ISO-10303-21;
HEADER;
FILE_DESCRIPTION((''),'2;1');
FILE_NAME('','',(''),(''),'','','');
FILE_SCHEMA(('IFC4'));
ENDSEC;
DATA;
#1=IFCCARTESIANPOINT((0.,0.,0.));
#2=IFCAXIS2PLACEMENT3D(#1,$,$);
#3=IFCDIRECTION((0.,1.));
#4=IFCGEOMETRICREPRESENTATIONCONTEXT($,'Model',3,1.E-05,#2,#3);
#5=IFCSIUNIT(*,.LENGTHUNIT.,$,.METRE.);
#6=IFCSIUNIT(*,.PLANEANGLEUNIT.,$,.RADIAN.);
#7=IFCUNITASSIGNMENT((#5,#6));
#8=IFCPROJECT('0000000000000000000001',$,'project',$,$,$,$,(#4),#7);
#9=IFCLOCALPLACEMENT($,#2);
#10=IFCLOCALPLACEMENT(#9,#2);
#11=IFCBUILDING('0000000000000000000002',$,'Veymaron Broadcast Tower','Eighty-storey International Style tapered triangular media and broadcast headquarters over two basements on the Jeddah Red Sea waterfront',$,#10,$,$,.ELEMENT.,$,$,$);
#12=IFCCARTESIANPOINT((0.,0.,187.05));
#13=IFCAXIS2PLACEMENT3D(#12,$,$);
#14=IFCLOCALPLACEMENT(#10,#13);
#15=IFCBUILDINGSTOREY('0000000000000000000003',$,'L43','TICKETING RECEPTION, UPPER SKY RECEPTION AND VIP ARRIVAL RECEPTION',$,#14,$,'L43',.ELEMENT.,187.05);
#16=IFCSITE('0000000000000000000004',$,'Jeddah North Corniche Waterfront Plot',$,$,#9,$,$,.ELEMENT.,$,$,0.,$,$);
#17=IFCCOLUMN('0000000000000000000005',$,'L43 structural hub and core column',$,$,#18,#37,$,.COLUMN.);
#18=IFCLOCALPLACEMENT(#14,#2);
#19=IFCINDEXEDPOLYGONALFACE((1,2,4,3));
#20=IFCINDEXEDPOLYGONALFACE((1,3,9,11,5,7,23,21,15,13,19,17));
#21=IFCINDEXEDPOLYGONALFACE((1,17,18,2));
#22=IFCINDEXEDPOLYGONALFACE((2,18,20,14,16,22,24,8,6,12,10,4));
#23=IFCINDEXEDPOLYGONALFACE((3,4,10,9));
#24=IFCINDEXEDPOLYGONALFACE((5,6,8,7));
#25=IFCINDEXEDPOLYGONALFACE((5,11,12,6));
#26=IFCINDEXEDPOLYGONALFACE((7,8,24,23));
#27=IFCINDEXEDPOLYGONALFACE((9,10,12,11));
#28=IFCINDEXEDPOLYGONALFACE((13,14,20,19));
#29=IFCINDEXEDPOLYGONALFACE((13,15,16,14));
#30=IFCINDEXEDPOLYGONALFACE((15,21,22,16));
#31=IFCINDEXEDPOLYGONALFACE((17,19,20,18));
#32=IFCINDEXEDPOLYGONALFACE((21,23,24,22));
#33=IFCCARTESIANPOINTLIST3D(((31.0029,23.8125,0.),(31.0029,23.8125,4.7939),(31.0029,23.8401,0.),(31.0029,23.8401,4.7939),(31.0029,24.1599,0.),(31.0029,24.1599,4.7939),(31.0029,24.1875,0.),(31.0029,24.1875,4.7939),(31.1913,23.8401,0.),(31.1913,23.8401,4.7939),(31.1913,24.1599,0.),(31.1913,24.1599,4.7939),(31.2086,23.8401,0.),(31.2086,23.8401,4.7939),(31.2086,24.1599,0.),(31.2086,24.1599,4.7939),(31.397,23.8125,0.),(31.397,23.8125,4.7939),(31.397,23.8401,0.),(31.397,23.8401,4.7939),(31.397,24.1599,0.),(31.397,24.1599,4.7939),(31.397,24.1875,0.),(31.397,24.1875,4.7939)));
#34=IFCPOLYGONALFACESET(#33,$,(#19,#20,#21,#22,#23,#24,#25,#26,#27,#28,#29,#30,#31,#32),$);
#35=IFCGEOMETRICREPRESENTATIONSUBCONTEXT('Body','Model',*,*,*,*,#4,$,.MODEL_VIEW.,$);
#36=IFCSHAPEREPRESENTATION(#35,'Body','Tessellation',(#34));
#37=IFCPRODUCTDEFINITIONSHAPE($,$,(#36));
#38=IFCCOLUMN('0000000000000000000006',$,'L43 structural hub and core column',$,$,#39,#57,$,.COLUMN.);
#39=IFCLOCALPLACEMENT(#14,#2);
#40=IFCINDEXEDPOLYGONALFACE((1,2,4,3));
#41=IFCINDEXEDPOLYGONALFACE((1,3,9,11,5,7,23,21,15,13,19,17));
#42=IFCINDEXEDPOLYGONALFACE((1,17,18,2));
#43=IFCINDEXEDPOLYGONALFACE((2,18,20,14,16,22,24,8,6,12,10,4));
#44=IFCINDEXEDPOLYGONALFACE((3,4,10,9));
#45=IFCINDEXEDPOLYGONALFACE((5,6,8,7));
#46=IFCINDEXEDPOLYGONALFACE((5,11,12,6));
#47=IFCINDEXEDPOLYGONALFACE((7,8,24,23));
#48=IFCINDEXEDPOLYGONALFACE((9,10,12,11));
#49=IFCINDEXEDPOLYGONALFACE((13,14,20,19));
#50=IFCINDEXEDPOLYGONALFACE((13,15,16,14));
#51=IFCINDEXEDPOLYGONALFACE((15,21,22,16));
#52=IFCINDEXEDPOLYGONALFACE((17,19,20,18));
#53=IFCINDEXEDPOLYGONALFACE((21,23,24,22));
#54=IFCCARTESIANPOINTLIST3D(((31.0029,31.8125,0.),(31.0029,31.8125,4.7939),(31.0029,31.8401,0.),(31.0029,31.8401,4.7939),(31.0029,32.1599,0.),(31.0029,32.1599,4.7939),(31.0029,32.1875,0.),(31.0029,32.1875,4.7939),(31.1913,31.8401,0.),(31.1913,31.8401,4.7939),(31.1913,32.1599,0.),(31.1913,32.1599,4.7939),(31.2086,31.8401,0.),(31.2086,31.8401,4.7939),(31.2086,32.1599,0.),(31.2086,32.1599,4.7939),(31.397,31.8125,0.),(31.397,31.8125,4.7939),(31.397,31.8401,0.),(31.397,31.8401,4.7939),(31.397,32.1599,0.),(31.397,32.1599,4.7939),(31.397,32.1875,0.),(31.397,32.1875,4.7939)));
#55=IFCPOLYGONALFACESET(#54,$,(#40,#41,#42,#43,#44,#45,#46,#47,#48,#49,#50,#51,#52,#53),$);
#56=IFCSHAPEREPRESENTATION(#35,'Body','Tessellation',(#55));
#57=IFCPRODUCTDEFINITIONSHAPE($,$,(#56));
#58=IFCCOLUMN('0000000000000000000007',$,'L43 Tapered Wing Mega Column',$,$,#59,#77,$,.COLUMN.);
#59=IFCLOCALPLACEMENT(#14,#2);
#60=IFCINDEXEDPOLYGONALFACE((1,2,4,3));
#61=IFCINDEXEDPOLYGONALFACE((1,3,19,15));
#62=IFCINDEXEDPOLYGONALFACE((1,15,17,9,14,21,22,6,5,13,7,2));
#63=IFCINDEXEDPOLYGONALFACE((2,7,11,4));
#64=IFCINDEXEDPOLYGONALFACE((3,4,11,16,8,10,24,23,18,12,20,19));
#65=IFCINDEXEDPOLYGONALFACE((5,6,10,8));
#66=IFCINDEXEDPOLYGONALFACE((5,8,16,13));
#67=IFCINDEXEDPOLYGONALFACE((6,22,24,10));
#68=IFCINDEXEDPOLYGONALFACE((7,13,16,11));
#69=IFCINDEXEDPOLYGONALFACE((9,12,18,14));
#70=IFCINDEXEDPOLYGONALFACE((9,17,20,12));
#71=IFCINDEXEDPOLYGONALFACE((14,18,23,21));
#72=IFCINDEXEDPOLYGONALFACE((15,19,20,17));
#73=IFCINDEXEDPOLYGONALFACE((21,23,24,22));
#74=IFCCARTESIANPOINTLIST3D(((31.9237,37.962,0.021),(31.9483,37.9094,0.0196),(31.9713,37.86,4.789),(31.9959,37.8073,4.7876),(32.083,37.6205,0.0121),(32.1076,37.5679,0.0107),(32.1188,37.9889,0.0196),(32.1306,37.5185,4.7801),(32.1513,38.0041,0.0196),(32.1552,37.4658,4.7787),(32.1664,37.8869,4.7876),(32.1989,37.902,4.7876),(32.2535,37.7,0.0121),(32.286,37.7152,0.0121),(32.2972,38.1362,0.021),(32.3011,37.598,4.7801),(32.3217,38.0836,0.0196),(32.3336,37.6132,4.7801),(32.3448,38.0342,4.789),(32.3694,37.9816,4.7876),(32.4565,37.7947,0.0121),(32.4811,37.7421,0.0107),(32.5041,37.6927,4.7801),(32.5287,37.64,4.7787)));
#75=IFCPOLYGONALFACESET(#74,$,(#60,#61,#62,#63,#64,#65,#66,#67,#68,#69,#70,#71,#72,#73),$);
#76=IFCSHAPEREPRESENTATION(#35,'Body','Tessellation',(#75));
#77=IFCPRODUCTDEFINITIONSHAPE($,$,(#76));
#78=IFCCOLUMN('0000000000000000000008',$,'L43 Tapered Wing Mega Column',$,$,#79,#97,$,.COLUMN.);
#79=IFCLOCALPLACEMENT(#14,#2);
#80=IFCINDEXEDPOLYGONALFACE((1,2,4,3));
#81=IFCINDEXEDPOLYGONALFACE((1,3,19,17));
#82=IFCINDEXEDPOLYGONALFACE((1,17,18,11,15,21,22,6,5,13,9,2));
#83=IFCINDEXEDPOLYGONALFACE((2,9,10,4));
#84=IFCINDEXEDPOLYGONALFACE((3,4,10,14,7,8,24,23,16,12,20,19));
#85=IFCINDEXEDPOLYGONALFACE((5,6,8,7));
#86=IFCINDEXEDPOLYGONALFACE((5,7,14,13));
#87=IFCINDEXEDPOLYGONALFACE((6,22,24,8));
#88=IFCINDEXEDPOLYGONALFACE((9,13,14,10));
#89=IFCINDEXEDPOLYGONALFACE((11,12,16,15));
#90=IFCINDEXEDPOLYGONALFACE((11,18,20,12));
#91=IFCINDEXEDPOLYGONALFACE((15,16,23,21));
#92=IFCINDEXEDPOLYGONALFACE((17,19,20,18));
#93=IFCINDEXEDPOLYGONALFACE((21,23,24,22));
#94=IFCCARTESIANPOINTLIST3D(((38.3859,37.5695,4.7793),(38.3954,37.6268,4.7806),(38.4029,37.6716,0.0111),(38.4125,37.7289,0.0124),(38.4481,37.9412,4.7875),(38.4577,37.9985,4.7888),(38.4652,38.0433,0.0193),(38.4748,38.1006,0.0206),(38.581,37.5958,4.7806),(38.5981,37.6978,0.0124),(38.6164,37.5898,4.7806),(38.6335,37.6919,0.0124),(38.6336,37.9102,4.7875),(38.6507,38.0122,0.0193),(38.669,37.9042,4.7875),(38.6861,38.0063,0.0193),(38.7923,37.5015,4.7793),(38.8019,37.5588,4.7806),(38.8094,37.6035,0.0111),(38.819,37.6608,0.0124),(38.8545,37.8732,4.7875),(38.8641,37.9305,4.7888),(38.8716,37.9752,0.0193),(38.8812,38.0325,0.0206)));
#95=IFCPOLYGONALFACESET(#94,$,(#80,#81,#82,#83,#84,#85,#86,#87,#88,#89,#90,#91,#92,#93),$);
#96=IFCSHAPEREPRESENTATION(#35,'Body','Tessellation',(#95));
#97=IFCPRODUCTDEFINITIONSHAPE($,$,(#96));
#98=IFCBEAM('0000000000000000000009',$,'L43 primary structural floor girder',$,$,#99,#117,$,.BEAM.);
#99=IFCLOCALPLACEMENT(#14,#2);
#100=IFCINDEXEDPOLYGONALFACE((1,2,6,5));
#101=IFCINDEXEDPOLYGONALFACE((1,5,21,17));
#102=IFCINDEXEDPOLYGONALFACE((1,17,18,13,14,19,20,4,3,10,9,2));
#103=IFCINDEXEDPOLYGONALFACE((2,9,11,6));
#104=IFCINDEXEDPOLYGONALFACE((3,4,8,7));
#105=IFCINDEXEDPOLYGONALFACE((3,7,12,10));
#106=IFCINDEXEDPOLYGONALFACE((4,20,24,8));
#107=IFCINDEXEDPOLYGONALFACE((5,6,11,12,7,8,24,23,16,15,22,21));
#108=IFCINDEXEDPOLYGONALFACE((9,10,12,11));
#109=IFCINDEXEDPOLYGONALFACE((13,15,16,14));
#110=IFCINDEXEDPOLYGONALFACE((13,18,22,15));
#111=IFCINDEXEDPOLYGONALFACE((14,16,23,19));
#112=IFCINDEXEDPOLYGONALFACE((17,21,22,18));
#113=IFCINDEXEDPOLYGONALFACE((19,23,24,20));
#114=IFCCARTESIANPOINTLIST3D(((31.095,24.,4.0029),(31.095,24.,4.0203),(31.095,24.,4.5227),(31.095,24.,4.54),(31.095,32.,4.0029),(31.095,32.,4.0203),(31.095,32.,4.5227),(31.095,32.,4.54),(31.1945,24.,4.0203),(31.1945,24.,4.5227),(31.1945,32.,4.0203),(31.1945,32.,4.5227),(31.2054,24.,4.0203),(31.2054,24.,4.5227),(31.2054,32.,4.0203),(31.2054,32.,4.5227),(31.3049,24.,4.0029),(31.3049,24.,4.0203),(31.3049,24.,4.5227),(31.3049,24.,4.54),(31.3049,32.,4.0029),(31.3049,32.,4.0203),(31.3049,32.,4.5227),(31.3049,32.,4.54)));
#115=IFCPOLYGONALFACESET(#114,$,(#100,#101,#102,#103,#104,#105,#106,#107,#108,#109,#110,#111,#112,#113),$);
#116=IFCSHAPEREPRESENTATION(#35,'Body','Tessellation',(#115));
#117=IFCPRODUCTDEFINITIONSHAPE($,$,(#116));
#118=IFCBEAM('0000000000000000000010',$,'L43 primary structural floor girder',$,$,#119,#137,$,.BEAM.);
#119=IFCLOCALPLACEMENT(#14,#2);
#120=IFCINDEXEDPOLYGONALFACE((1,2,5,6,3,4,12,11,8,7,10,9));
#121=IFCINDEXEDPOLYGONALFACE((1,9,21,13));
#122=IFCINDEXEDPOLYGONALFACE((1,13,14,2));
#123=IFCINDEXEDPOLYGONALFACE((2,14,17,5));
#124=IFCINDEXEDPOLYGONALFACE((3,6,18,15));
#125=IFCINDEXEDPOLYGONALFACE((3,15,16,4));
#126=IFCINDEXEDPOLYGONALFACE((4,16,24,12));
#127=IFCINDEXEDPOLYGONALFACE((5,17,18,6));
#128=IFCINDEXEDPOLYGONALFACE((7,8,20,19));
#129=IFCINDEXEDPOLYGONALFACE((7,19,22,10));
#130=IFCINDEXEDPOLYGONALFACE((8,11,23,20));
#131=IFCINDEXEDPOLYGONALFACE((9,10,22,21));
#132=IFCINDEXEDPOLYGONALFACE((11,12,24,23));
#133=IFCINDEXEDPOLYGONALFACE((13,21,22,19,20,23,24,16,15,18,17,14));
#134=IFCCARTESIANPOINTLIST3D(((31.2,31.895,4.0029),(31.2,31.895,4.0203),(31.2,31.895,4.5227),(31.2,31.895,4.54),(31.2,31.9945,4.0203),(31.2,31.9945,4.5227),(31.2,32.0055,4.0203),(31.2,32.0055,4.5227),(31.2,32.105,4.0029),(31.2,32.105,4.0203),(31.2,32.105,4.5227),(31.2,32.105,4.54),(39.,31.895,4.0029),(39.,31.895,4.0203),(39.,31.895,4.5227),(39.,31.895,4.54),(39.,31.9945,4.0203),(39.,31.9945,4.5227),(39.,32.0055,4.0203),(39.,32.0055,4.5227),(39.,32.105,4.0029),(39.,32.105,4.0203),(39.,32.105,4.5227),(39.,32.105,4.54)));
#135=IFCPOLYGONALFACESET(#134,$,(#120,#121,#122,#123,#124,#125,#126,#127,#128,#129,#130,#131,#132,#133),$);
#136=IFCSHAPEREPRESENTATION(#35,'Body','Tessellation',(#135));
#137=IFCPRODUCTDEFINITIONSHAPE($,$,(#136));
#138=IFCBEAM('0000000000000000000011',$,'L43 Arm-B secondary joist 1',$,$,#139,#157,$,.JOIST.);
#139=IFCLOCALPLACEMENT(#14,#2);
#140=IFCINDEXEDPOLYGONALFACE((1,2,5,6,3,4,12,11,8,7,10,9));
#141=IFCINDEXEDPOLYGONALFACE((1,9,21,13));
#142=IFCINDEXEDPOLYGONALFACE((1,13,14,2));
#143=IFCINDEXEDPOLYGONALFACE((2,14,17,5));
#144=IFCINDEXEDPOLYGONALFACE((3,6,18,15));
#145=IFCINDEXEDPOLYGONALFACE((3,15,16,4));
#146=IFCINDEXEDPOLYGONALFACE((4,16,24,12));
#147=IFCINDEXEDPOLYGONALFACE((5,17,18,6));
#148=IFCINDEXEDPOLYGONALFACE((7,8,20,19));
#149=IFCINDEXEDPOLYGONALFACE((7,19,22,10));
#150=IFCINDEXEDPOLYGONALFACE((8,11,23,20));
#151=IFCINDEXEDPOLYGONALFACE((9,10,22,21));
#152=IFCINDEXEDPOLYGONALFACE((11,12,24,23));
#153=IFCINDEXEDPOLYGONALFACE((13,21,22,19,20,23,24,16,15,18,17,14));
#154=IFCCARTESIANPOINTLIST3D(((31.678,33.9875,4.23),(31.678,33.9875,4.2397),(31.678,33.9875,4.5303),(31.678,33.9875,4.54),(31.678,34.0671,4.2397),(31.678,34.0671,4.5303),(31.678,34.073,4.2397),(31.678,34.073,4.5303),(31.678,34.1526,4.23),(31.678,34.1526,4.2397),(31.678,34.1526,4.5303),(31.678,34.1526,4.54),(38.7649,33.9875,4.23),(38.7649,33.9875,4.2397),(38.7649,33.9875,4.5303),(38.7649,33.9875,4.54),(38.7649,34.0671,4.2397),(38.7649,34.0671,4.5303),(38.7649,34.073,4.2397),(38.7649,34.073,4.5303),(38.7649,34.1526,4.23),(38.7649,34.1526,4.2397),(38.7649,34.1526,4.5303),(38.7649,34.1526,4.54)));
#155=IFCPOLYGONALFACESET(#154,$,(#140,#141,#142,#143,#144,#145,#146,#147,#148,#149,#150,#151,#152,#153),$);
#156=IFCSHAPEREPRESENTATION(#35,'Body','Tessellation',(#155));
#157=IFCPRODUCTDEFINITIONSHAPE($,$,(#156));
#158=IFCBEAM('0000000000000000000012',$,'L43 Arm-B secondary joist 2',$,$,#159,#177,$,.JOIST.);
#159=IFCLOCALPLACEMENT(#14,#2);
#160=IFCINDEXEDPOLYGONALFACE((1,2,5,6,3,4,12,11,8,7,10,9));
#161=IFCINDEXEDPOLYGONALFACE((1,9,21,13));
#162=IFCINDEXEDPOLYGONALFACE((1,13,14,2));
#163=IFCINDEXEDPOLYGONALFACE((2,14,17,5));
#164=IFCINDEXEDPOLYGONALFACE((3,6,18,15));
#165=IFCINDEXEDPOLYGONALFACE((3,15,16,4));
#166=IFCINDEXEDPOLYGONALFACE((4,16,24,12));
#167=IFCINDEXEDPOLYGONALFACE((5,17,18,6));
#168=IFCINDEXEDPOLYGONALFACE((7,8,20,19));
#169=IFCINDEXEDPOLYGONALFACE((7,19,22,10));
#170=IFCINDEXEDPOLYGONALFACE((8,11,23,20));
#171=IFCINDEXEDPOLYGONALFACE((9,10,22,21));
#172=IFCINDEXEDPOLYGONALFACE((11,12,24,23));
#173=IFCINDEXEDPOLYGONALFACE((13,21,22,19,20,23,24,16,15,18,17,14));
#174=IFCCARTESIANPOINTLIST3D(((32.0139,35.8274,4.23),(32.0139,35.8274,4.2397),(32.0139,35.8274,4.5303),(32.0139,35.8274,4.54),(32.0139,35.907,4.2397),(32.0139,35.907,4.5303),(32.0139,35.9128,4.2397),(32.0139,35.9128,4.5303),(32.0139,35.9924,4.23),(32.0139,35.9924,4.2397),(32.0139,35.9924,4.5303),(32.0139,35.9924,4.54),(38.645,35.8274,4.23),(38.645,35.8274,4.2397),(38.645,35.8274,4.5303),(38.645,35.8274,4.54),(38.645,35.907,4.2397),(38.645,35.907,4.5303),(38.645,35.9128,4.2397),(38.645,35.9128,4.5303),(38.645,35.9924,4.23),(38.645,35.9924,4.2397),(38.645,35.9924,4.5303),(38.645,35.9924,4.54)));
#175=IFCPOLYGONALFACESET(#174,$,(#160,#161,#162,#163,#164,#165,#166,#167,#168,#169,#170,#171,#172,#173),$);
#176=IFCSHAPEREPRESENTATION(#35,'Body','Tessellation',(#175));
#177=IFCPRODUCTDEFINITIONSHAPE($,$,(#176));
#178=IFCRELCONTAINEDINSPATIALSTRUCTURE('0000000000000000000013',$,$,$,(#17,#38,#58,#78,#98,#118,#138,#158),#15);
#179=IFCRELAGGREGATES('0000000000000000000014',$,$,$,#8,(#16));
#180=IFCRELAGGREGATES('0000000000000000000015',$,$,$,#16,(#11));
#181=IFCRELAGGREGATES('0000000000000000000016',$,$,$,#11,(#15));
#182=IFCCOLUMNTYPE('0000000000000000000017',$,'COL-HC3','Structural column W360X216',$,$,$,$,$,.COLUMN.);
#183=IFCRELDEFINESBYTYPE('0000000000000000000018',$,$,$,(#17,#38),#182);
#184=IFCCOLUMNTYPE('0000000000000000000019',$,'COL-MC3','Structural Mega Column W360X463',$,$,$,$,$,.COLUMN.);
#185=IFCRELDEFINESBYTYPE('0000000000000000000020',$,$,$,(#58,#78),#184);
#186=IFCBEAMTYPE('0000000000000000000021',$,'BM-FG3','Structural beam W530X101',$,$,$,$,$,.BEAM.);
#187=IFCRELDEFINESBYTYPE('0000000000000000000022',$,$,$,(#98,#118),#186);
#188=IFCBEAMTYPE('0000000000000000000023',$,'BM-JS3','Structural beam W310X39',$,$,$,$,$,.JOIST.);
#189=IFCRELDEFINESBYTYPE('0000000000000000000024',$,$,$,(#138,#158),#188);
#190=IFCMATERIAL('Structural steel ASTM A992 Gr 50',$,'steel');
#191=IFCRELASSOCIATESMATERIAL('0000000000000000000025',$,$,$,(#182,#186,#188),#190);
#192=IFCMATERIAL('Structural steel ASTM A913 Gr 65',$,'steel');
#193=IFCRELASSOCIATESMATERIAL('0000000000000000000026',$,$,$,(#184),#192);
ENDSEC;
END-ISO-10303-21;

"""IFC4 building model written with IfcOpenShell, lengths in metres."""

from ifc_helpers import new_model, si_unit, direction, frame, origin, origin_2d, place, context, subcontext, project, spatial, i_section, extrude, material, material_profile, profile_set, type_object, element, save


model = new_model("IFC4")

# Units and contexts
model_context = context("Model", 3, precision=1e-05, world=origin(), true_north=direction((0.0, 1.0)))
body_context = subcontext(model_context, "Body", "Model", "MODEL_VIEW")
ifc_project = project(units=[si_unit("LENGTHUNIT", "METRE"), si_unit("PLANEANGLEUNIT", "RADIAN")], contexts=[model_context])

# Site, building, storey
site_placement = place(None, origin())
site = spatial("IfcSite", under=ifc_project, at=site_placement, Name="Jeddah North Corniche Waterfront Plot", CompositionType="ELEMENT", RefElevation=0.0)
building_placement = place(site_placement, origin())
building = spatial("IfcBuilding", under=site, at=building_placement, Name="Veymaron Broadcast Tower", Description="Eighty-storey International Style tapered triangular media and broadcast headquarters over two basements on the Jeddah Red Sea waterfront", CompositionType="ELEMENT")
storey_placement = place(building_placement, frame((0.0, 0.0, 187.05)))
storey = spatial("IfcBuildingStorey", under=building, at=storey_placement, Name="L43", Description="TICKETING RECEPTION, UPPER SKY RECEPTION AND VIP ARRIVAL RECEPTION", LongName="L43", CompositionType="ELEMENT", Elevation=187.05)

# Columns
ifc_material_1 = material(Name="Structural steel ASTM A992 Gr 50", Category="steel")
ifc_material_profile_1 = material_profile(ifc_material_1, i_section(OverallWidth=0.394, OverallDepth=0.375, WebThickness=0.0173, FlangeThickness=0.0276, at=origin_2d()), Name="W360X216")
ifc_profile_set_1 = profile_set([ifc_material_profile_1], Name="Structural steel ASTM A992 Gr 50")
column_type_1 = type_object("IfcColumnType", Name="COL-HC3", Description="Structural column W360X216", PredefinedType="COLUMN", material=ifc_profile_set_1)
for number, where, z_axis, x_axis, name in (
    (1, (31.2, 24.0, 0.0), (0.0, 0.0, 1.0), (1.0, 0.0, 0.0), "L43 structural hub and core column"),
    (2, (31.2, 32.0, 0.0), (0.0, 0.0, 1.0), (1.0, 0.0, 0.0), "L43 structural hub and core column"),
):
    element("IfcColumn", number, at=place(storey_placement, frame(where, z_axis=z_axis, x_axis=x_axis)), inside=storey, type_object=column_type_1, Name=name, PredefinedType="COLUMN", context=body_context, shape_type="SweptSolid", body=[
        extrude(i_section(OverallWidth=0.394, OverallDepth=0.375, WebThickness=0.0173, FlangeThickness=0.0276, at=origin_2d()), origin(), (0.0, 0.0, 1.0), 4.7939),
    ])
ifc_material_2 = material(Name="Structural steel ASTM A913 Gr 65", Category="steel")
ifc_material_profile_2 = material_profile(ifc_material_2, i_section(OverallWidth=0.4121, OverallDepth=0.4351, WebThickness=0.0359, FlangeThickness=0.0581, at=origin_2d()), Name="W360X463")
ifc_profile_set_2 = profile_set([ifc_material_profile_2], Name="Structural steel ASTM A913 Gr 65")
column_type_2 = type_object("IfcColumnType", Name="COL-MC3", Description="Structural Mega Column W360X463", PredefinedType="COLUMN", material=ifc_profile_set_2)
for number, where, z_axis, x_axis, name in (
    (3, (32.2024, 37.8521, 0.0159), (0.009982, -0.021397, 0.999721), (0.906239, 0.422767, 0.0), "L43 Tapered Wing Mega Column"),
    (4, (38.6421, 37.8521, 0.0159), (-0.003583, -0.021398, 0.999765), (0.986266, -0.165164, 0.0), "L43 Tapered Wing Mega Column"),
):
    element("IfcColumn", number, at=place(storey_placement, frame(where, z_axis=z_axis, x_axis=x_axis)), inside=storey, type_object=column_type_2, Name=name, PredefinedType="COLUMN", context=body_context, shape_type="SweptSolid", body=[
        extrude(i_section(OverallWidth=0.4121, OverallDepth=0.4351, WebThickness=0.0359, FlangeThickness=0.0581, at=origin_2d()), origin(), (0.0, 0.0, 1.0), 4.7693),
    ])

# Beams
ifc_material_profile_3 = material_profile(ifc_material_1, i_section(OverallWidth=0.21, OverallDepth=0.5371, WebThickness=0.011, FlangeThickness=0.0173, at=origin_2d()), Name="W530X101")
ifc_profile_set_3 = profile_set([ifc_material_profile_3], Name="Structural steel ASTM A992 Gr 50")
beam_type_1 = type_object("IfcBeamType", Name="BM-FG3", Description="Structural beam W530X101", PredefinedType="BEAM", material=ifc_profile_set_3)
beam_1_placement = place(storey_placement, frame((31.2, 24.0, 4.2715), z_axis=(0.0, 1.0, 0.0), x_axis=(-1.0, 0.0, 0.0)))
element("IfcBeam", 5, at=beam_1_placement, inside=storey, type_object=beam_type_1, Name="L43 primary structural floor girder", PredefinedType="BEAM", context=body_context, shape_type="SweptSolid", body=[
    extrude(i_section(OverallWidth=0.21, OverallDepth=0.5371, WebThickness=0.011, FlangeThickness=0.0173, at=origin_2d()), origin(), (0.0, 0.0, 1.0), 8.0),
])
beam_2_placement = place(storey_placement, frame((31.2, 32.0, 4.2715), z_axis=(1.0, 0.0, 0.0), x_axis=(0.0, 1.0, 0.0)))
element("IfcBeam", 6, at=beam_2_placement, inside=storey, type_object=beam_type_1, Name="L43 primary structural floor girder", PredefinedType="BEAM", context=body_context, shape_type="SweptSolid", body=[
    extrude(i_section(OverallWidth=0.21, OverallDepth=0.5371, WebThickness=0.011, FlangeThickness=0.0173, at=origin_2d()), origin(), (0.0, 0.0, 1.0), 7.8),
])
ifc_material_profile_4 = material_profile(ifc_material_1, i_section(OverallWidth=0.165, OverallDepth=0.3101, WebThickness=0.0059, FlangeThickness=0.0098, at=origin_2d()), Name="W310X39")
ifc_profile_set_4 = profile_set([ifc_material_profile_4], Name="Structural steel ASTM A992 Gr 50")
beam_type_2 = type_object("IfcBeamType", Name="BM-JS3", Description="Structural beam W310X39", PredefinedType="JOIST", material=ifc_profile_set_4)
beam_3_placement = place(storey_placement, frame((31.678, 34.0701, 4.385), z_axis=(1.0, 0.0, 0.0), x_axis=(0.0, 1.0, 0.0)))
element("IfcBeam", 7, at=beam_3_placement, inside=storey, type_object=beam_type_2, Name="L43 Arm-B secondary joist 1", PredefinedType="JOIST", context=body_context, shape_type="SweptSolid", body=[
    extrude(i_section(OverallWidth=0.165, OverallDepth=0.3101, WebThickness=0.0059, FlangeThickness=0.0098, at=origin_2d()), origin(), (0.0, 0.0, 1.0), 7.0869),
])
beam_4_placement = place(storey_placement, frame((32.0139, 35.9099, 4.385), z_axis=(1.0, 0.0, 0.0), x_axis=(0.0, 1.0, 0.0)))
element("IfcBeam", 8, at=beam_4_placement, inside=storey, type_object=beam_type_2, Name="L43 Arm-B secondary joist 2", PredefinedType="JOIST", context=body_context, shape_type="SweptSolid", body=[
    extrude(i_section(OverallWidth=0.165, OverallDepth=0.3101, WebThickness=0.0059, FlangeThickness=0.0098, at=origin_2d()), origin(), (0.0, 0.0, 1.0), 6.6311),
])

save(model, "model.ifc")
